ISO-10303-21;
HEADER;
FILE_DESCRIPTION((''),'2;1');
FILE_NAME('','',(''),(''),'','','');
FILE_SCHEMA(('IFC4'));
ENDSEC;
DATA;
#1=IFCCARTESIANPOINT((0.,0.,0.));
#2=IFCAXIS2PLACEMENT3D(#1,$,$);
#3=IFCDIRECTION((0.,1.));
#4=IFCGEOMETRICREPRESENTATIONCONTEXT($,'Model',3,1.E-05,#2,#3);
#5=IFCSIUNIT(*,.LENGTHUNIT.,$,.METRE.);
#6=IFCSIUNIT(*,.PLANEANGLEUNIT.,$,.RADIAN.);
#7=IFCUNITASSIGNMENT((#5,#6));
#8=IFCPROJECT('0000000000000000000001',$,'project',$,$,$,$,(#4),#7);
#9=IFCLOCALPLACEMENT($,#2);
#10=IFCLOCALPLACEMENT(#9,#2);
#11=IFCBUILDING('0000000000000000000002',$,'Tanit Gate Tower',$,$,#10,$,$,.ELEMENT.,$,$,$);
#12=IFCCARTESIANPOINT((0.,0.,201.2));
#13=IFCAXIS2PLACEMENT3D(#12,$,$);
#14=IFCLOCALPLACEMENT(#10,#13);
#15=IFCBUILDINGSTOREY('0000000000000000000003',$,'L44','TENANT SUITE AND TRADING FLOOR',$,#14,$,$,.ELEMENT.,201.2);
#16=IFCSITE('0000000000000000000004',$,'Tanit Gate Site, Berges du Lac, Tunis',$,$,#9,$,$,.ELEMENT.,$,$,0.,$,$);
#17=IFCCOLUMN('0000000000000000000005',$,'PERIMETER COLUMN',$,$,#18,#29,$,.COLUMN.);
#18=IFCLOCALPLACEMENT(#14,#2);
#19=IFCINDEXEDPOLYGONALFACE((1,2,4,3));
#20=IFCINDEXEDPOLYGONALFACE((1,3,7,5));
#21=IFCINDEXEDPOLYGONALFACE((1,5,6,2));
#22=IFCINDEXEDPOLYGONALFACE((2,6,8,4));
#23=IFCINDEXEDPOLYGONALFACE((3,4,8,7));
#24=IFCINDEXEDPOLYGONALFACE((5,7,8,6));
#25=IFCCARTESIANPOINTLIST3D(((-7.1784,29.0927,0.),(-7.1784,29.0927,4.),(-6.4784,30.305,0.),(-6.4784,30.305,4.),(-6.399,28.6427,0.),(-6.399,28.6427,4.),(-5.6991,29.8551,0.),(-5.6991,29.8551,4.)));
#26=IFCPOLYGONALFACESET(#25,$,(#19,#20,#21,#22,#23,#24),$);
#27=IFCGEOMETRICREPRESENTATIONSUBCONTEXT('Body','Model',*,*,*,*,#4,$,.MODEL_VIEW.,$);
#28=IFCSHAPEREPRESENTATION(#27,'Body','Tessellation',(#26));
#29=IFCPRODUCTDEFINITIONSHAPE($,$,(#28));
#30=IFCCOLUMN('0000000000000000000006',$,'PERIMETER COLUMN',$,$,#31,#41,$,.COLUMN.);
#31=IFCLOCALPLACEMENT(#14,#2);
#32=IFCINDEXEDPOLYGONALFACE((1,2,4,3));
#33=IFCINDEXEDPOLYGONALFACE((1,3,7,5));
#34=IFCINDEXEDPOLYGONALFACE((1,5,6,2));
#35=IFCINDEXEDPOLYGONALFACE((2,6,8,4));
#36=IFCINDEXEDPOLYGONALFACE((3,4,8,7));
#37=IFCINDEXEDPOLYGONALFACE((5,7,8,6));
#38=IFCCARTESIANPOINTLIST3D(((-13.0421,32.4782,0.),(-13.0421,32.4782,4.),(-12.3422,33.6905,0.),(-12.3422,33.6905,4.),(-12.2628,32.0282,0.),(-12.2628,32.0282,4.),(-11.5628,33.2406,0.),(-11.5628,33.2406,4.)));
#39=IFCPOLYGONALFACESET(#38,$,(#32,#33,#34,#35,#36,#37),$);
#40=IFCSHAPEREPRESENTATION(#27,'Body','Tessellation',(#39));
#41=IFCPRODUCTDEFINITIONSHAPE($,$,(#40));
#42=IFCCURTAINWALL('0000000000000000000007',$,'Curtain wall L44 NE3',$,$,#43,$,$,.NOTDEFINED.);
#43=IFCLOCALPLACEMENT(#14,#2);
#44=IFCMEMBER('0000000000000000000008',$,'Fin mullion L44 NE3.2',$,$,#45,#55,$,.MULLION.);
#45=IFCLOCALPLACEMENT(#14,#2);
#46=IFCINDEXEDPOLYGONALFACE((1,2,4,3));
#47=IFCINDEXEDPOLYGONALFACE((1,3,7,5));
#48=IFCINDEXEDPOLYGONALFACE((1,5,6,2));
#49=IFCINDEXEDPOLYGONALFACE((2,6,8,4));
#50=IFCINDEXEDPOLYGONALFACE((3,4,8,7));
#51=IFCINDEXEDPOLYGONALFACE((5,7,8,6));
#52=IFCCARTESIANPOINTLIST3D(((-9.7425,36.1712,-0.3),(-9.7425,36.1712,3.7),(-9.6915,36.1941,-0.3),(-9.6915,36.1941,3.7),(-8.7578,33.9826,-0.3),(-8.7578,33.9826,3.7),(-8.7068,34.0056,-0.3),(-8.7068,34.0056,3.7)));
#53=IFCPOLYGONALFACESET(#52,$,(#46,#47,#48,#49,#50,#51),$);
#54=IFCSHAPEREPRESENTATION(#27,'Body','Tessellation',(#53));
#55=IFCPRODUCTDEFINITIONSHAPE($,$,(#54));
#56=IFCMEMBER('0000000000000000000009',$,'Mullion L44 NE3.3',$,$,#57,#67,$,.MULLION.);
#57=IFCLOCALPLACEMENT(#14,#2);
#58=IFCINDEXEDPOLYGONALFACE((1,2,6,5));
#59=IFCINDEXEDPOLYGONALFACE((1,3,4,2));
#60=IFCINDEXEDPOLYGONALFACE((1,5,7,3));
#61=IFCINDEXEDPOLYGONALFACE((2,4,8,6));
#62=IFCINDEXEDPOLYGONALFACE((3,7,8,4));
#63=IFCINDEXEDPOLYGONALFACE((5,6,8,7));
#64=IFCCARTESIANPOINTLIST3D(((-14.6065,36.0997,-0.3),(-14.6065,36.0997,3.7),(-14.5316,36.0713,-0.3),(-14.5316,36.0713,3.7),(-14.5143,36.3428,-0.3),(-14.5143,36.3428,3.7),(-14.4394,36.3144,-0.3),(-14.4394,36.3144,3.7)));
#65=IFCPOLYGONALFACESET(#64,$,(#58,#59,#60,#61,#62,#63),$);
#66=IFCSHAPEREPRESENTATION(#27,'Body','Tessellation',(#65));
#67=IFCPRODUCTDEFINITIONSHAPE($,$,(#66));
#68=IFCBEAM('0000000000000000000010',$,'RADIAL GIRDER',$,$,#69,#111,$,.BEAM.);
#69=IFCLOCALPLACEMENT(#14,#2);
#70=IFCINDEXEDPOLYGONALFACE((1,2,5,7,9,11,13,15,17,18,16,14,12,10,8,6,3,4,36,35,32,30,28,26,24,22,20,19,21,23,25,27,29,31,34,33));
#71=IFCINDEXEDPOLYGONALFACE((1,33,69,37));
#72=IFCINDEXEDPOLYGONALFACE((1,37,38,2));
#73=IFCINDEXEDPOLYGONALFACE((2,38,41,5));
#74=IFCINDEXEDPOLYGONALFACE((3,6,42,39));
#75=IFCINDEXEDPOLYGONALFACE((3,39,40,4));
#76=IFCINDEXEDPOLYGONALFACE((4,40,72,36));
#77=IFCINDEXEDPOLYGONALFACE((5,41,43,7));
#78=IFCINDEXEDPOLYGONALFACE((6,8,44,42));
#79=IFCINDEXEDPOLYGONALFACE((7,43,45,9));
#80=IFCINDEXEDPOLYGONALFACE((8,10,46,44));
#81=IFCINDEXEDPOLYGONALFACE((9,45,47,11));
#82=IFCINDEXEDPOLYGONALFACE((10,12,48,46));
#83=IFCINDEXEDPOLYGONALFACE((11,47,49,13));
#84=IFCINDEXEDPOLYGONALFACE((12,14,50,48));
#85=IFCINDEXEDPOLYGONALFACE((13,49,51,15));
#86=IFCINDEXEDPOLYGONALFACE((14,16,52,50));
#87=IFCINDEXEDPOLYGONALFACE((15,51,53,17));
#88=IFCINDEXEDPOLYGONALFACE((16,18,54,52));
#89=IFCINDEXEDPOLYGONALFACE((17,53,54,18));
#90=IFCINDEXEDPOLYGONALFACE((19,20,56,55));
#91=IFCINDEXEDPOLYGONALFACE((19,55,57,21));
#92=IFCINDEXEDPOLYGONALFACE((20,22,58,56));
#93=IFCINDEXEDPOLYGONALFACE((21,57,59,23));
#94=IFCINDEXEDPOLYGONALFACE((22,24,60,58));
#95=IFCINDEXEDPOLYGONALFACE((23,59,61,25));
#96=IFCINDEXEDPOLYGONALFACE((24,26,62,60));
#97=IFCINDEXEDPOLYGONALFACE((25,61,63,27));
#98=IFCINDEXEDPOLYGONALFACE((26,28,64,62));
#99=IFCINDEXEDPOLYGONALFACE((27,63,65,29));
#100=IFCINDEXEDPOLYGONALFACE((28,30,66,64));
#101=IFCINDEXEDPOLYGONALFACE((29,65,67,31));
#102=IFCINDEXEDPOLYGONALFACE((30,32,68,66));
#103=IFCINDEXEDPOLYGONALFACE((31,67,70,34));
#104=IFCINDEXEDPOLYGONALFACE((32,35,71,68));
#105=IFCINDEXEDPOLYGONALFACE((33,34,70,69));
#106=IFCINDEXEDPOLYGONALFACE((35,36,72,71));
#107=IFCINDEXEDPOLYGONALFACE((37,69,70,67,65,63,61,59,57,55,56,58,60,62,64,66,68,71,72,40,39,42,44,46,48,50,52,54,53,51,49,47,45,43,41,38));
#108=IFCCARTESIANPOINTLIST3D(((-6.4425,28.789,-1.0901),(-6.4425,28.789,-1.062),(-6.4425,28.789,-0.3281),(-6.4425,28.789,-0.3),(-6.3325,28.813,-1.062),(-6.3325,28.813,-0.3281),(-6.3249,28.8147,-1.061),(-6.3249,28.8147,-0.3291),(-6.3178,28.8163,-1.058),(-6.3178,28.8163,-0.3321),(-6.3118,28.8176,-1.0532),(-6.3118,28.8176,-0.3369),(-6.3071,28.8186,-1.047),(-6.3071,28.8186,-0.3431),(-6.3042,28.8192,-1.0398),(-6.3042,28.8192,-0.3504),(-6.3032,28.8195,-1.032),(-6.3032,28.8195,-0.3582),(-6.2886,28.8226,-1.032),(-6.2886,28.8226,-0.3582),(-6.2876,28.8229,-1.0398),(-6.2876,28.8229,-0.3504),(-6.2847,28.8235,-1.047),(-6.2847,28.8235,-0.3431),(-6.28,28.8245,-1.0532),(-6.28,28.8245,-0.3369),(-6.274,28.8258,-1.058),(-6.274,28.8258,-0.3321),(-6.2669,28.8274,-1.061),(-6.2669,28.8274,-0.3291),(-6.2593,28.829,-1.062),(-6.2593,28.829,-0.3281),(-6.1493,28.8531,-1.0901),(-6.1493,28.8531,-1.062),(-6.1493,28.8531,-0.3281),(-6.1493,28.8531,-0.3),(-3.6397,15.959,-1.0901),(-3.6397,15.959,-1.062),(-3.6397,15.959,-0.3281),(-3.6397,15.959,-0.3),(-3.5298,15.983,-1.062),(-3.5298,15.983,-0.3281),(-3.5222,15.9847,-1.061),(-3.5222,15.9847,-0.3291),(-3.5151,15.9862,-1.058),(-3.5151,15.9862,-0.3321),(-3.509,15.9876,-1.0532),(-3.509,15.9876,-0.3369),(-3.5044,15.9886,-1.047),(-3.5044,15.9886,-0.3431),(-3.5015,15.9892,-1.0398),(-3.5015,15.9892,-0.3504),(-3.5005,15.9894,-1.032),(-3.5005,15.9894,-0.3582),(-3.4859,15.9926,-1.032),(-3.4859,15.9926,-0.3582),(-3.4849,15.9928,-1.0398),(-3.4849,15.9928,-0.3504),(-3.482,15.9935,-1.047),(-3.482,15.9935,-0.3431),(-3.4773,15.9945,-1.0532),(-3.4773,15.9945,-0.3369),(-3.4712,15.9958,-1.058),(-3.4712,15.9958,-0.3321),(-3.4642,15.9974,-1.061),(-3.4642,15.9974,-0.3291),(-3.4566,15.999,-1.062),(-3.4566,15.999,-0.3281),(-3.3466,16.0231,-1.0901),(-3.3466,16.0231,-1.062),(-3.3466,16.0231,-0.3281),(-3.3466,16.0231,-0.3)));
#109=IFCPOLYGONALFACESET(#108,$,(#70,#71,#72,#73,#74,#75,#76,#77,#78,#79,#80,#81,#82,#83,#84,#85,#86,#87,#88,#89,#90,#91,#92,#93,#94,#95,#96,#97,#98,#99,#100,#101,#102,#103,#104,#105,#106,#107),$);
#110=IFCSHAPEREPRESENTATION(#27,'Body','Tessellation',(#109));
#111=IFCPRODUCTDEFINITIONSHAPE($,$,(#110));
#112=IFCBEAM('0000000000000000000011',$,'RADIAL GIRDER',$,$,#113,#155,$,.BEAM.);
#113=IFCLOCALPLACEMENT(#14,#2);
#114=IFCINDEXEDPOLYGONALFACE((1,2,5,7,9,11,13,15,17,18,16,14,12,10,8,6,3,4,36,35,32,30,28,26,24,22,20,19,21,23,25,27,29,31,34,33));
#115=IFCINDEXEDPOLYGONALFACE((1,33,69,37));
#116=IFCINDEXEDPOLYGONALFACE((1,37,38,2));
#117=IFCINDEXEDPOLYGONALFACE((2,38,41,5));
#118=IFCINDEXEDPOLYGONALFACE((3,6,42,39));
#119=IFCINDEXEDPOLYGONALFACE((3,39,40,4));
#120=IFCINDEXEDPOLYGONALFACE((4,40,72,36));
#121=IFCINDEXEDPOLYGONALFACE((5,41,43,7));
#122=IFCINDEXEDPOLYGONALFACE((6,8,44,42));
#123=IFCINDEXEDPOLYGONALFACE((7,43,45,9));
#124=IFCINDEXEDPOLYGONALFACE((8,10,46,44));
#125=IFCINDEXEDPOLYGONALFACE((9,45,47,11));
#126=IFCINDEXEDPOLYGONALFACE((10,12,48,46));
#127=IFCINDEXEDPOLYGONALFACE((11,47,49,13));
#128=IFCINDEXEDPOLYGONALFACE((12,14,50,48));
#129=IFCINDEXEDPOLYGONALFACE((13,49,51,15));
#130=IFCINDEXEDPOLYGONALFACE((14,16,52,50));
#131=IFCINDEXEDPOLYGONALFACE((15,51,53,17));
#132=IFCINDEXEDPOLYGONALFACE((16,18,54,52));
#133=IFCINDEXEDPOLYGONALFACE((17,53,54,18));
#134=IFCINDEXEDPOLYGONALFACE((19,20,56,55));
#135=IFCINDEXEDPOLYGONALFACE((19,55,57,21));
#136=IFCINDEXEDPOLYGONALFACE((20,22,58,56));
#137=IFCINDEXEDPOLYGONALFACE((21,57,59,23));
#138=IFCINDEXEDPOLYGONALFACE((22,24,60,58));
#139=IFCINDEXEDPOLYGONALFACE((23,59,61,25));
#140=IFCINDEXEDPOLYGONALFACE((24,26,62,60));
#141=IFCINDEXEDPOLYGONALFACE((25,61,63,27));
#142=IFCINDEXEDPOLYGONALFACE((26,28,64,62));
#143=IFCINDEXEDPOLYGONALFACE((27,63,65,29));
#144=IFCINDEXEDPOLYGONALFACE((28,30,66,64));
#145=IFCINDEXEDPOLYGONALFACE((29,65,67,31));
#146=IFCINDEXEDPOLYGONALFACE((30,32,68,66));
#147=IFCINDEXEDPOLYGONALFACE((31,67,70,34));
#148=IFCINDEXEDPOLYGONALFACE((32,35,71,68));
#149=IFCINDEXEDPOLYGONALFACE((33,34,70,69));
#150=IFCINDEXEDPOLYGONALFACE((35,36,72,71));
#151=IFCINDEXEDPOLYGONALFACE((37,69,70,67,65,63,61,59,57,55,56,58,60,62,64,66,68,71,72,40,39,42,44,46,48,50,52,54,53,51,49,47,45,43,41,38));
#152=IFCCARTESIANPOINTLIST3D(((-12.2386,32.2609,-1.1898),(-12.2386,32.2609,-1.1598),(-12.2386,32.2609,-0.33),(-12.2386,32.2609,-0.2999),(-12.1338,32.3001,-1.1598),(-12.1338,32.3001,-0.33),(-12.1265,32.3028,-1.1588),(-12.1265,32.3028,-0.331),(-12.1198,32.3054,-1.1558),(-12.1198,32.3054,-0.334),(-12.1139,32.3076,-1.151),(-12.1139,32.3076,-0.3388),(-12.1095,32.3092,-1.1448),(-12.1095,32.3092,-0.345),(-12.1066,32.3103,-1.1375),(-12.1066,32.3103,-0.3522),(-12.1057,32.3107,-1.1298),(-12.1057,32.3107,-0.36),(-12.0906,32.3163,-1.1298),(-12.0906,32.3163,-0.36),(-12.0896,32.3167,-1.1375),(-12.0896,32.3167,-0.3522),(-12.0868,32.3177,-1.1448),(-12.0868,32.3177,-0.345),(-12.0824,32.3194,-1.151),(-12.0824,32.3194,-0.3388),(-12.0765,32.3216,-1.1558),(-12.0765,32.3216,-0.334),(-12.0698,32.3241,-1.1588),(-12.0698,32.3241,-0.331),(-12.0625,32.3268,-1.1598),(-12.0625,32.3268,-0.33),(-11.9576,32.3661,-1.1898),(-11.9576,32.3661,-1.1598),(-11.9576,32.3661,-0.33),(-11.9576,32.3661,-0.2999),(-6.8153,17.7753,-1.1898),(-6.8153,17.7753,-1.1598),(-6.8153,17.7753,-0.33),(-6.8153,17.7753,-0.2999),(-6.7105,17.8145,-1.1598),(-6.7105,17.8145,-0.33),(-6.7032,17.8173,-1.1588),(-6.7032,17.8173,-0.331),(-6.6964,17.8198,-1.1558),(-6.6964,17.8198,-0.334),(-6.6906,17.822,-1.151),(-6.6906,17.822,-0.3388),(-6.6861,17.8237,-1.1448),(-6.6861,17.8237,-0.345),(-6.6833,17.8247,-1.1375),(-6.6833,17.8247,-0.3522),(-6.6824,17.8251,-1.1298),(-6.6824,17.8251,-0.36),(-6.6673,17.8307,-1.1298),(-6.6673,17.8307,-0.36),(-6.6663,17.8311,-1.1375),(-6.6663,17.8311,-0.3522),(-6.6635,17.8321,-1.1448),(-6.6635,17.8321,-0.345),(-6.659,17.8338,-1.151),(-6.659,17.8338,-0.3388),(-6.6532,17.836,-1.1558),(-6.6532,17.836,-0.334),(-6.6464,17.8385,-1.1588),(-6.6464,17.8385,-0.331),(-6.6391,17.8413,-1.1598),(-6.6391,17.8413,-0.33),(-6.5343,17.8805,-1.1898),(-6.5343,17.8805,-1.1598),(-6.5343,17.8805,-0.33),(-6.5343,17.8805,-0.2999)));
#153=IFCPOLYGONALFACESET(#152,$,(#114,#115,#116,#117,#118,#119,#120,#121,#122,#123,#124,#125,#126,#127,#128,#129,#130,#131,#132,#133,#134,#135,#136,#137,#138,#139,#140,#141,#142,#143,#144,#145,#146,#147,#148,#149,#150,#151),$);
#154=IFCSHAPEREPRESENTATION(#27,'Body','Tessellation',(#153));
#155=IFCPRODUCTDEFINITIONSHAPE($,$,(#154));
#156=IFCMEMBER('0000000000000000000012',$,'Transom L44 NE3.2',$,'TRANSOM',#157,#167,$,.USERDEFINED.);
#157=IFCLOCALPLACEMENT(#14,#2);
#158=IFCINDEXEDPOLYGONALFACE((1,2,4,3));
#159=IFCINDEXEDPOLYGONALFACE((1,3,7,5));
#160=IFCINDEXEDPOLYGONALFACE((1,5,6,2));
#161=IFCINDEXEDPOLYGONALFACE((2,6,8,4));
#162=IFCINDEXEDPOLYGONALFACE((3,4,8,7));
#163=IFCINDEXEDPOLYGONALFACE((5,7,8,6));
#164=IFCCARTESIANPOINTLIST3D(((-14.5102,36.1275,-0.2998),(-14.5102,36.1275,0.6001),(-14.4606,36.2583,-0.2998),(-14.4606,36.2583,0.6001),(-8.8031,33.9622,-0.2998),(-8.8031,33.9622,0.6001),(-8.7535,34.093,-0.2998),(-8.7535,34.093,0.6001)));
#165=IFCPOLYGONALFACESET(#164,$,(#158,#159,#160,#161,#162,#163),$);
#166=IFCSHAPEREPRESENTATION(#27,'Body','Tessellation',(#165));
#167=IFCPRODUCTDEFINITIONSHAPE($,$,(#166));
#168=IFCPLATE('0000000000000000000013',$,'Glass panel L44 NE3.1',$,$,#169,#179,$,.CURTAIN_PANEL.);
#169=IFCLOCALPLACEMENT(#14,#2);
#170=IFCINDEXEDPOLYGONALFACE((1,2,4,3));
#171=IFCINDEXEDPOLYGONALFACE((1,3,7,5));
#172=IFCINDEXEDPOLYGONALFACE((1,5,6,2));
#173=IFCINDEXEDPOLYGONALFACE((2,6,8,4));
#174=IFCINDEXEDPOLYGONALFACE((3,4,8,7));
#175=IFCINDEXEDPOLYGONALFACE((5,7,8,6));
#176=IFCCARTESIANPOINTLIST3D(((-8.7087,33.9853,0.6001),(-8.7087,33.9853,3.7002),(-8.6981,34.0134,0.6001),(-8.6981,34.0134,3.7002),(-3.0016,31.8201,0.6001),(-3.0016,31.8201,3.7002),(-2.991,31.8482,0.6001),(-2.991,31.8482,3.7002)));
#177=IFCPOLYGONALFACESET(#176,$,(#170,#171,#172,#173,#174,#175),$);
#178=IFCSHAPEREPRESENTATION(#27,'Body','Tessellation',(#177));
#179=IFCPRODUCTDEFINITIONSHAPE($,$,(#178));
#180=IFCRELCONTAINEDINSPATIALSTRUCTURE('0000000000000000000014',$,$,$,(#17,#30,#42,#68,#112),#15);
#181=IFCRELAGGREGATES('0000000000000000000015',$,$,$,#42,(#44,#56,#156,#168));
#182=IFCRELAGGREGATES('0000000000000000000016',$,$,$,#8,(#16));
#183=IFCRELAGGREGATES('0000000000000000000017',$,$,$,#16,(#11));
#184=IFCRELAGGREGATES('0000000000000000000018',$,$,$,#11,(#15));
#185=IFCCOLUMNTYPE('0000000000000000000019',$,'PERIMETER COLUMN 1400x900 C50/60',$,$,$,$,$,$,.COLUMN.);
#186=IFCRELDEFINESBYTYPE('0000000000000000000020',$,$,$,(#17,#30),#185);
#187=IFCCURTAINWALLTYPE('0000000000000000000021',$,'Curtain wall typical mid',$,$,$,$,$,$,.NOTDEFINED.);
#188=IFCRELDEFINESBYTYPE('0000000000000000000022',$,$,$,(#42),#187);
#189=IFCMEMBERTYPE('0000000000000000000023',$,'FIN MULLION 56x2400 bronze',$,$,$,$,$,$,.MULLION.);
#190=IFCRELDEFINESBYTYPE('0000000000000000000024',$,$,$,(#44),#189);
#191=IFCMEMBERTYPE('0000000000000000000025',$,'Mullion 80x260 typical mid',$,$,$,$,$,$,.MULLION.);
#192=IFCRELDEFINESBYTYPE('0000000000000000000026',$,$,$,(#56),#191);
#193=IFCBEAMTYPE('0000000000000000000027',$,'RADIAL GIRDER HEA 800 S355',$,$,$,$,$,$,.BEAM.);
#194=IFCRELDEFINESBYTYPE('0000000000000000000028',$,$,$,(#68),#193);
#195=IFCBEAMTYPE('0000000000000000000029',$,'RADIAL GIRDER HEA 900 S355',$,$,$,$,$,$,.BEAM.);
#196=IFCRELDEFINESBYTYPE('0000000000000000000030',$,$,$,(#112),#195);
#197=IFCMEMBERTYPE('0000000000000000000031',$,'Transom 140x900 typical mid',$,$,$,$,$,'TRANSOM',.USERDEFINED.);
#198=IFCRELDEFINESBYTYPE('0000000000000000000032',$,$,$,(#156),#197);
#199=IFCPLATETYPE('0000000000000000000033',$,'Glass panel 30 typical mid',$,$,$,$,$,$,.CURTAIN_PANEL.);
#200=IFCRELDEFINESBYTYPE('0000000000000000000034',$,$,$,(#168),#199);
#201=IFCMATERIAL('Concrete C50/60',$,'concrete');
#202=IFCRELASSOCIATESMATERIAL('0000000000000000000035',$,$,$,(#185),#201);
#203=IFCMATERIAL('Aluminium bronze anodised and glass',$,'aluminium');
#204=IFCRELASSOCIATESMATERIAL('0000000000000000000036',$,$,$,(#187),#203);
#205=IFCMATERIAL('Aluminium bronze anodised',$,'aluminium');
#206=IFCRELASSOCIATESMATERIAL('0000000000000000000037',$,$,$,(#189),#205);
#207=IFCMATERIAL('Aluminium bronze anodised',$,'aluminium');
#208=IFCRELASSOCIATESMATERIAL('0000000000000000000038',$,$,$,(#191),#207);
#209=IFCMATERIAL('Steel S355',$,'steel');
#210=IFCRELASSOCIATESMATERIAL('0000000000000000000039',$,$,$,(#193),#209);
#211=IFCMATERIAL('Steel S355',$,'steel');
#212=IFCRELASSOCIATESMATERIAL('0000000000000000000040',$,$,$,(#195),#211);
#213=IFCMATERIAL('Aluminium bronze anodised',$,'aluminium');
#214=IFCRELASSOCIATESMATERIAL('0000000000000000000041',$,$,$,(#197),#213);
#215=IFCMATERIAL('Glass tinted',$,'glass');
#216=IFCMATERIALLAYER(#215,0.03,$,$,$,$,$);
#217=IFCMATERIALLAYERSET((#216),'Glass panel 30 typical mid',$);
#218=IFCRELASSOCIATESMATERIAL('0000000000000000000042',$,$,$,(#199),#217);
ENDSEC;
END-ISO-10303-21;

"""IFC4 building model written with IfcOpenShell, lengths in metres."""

from ifc_helpers import new_model, si_unit, direction, frame, origin, origin_2d, place, context, subcontext, project, spatial, rectangle, i_section, extrude, material, layer, layer_set, material_profile, profile_set, type_object, element, aggregate, save


model = new_model("IFC4")

# Units and contexts
model_context = context("Model", 3, precision=1e-05, world=origin(), true_north=direction((0.0, 1.0)))
body_context = subcontext(model_context, "Body", "Model", "MODEL_VIEW")
ifc_project = project(units=[si_unit("LENGTHUNIT", "METRE"), si_unit("PLANEANGLEUNIT", "RADIAN")], contexts=[model_context])

# Site, building, storey
site_placement = place(None, origin())
site = spatial("IfcSite", under=ifc_project, at=site_placement, Name="Tanit Gate Site, Berges du Lac, Tunis", CompositionType="ELEMENT", RefElevation=0.0)
building_placement = place(site_placement, origin())
building = spatial("IfcBuilding", under=site, at=building_placement, Name="Tanit Gate Tower", CompositionType="ELEMENT")
storey_placement = place(building_placement, frame((0.0, 0.0, 201.2)))
storey = spatial("IfcBuildingStorey", under=building, at=storey_placement, Name="L44", Description="TENANT SUITE AND TRADING FLOOR", CompositionType="ELEMENT", Elevation=201.2)

# Columns
ifc_material_1 = material(Name="Concrete C50/60", Category="concrete")
ifc_material_profile_1 = material_profile(ifc_material_1, rectangle(XDim=1.3999, YDim=0.8999, at=origin_2d()), Name="RC 1400x900")
ifc_profile_set_1 = profile_set([ifc_material_profile_1], Name="Concrete C50/60")
column_type = type_object("IfcColumnType", Name="PERIMETER COLUMN 1400x900 C50/60", PredefinedType="COLUMN", material=ifc_profile_set_1)
for number, where, z_axis, x_axis, name in (
    (1, (-6.4387, 29.4739, 0.0), (0.0, 0.0, 1.0), (0.5, 0.866025, 0.0), "PERIMETER COLUMN"),
    (2, (-12.3025, 32.8594, 0.0), (0.0, 0.0, 1.0), (0.5, 0.866025, 0.0), "PERIMETER COLUMN"),
):
    element("IfcColumn", number, at=place(storey_placement, frame(where, z_axis=z_axis, x_axis=x_axis)), inside=storey, type_object=column_type, Name=name, PredefinedType="COLUMN", context=body_context, shape_type="SweptSolid", body=[
        extrude(rectangle(XDim=1.3999, YDim=0.8999, at=origin_2d()), origin(), (0.0, 0.0, 1.0), 4.0),
    ])

# Curtain wall, members
ifc_material_2 = material(Name="Aluminium bronze anodised and glass", Category="aluminium")
curtain_wall_type = type_object("IfcCurtainWallType", Name="Curtain wall typical mid", PredefinedType="NOTDEFINED", material=ifc_material_2)
curtain_wall_placement = place(storey_placement, origin())
curtain_wall = element("IfcCurtainWall", 3, at=curtain_wall_placement, inside=storey, type_object=curtain_wall_type, Name="Curtain wall L44 NE3", PredefinedType="NOTDEFINED")
ifc_material_3 = material(Name="Aluminium bronze anodised", Category="aluminium")
ifc_material_profile_2 = material_profile(ifc_material_3, rectangle(XDim=2.3999, YDim=0.0559, at=origin_2d()), Name="56x2400 bronze fin mullion")
ifc_profile_set_2 = profile_set([ifc_material_profile_2], Name="Aluminium bronze anodised")
member_type_1 = type_object("IfcMemberType", Name="FIN MULLION 56x2400 bronze", PredefinedType="MULLION", material=ifc_profile_set_2)
member_1_placement = place(storey_placement, frame((-9.2246, 35.0884, -0.3), z_axis=(0.0, 0.0, 1.0), x_axis=(0.41031, -0.911946, 0.0)))
member_1 = element("IfcMember", 4, at=member_1_placement, type_object=member_type_1, Name="Fin mullion L44 NE3.2", PredefinedType="MULLION", context=body_context, shape_type="SweptSolid", body=[
    extrude(rectangle(XDim=2.3999, YDim=0.0559, at=origin_2d()), origin(), (0.0, 0.0, 1.0), 4.0),
])
ifc_material_4 = material(Name="Aluminium bronze anodised", Category="aluminium")
ifc_material_profile_3 = material_profile(ifc_material_4, rectangle(XDim=0.26, YDim=0.0801, at=origin_2d()), Name="80x260 bronze mullion")
ifc_profile_set_3 = profile_set([ifc_material_profile_3], Name="Aluminium bronze anodised")
member_type_2 = type_object("IfcMemberType", Name="Mullion 80x260 typical mid", PredefinedType="MULLION", material=ifc_profile_set_3)
member_2_placement = place(storey_placement, frame((-14.5229, 36.207, -0.3), z_axis=(0.0, 0.0, 1.0), x_axis=(-0.35471, -0.934976, 0.0)))
member_2 = element("IfcMember", 5, at=member_2_placement, type_object=member_type_2, Name="Mullion L44 NE3.3", PredefinedType="MULLION", context=body_context, shape_type="SweptSolid", body=[
    extrude(rectangle(XDim=0.26, YDim=0.0801, at=origin_2d()), origin(), (0.0, 0.0, 1.0), 4.0),
])

# Beams
ifc_material_5 = material(Name="Steel S355", Category="steel")
ifc_material_profile_4 = material_profile(ifc_material_5, i_section(OverallWidth=0.3, OverallDepth=0.79, WebThickness=0.0149, FlangeThickness=0.0281, FilletRadius=0.03, at=origin_2d()), Name="HEA 800")
ifc_profile_set_4 = profile_set([ifc_material_profile_4], Name="Steel S355")
beam_type_1 = type_object("IfcBeamType", Name="RADIAL GIRDER HEA 800 S355", PredefinedType="BEAM", material=ifc_profile_set_4)
beam_1_placement = place(storey_placement, frame((-6.2959, 28.821, -0.6951), z_axis=(0.213417, -0.976961, 0.0), x_axis=(0.976961, 0.213417, 0.0)))
element("IfcBeam", 6, at=beam_1_placement, inside=storey, type_object=beam_type_1, Name="RADIAL GIRDER", PredefinedType="BEAM", context=body_context, shape_type="SweptSolid", body=[
    extrude(i_section(OverallWidth=0.3, OverallDepth=0.79, WebThickness=0.0149, FlangeThickness=0.0281, FilletRadius=0.03, at=origin_2d()), origin(), (0.0, 0.0, 1.0), 13.1326),
])
ifc_material_6 = material(Name="Steel S355", Category="steel")
ifc_material_profile_5 = material_profile(ifc_material_6, i_section(OverallWidth=0.3, OverallDepth=0.8899, WebThickness=0.0161, FlangeThickness=0.03, FilletRadius=0.03, at=origin_2d()), Name="HEA 900")
ifc_profile_set_5 = profile_set([ifc_material_profile_5], Name="Steel S355")
beam_type_2 = type_object("IfcBeamType", Name="RADIAL GIRDER HEA 900 S355", PredefinedType="BEAM", material=ifc_profile_set_5)
beam_2_placement = place(storey_placement, frame((-12.0981, 32.3135, -0.7449), z_axis=(0.350627, -0.936515, 0.0), x_axis=(0.936515, 0.350627, 0.0)))
element("IfcBeam", 7, at=beam_2_placement, inside=storey, type_object=beam_type_2, Name="RADIAL GIRDER", PredefinedType="BEAM", context=body_context, shape_type="SweptSolid", body=[
    extrude(i_section(OverallWidth=0.3, OverallDepth=0.8899, WebThickness=0.0161, FlangeThickness=0.03, FilletRadius=0.03, at=origin_2d()), origin(), (0.0, 0.0, 1.0), 15.4675),
])

# Member
ifc_material_7 = material(Name="Aluminium bronze anodised", Category="aluminium")
ifc_material_profile_6 = material_profile(ifc_material_7, rectangle(XDim=0.1399, YDim=0.8999, at=origin_2d()), Name="140x900 bronze transom")
ifc_profile_set_6 = profile_set([ifc_material_profile_6], Name="Aluminium bronze anodised")
member_type_3 = type_object("IfcMemberType", Name="Transom 140x900 typical mid", ElementType="TRANSOM", PredefinedType="USERDEFINED", material=ifc_profile_set_6)
member_3_placement = place(storey_placement, frame((-8.7783, 34.0276, 0.1501), z_axis=(-0.934968, 0.354733, 0.0), x_axis=(-0.354733, -0.934968, 0.0)))
member_3 = element("IfcMember", 8, at=member_3_placement, type_object=member_type_3, Name="Transom L44 NE3.2", ObjectType="TRANSOM", PredefinedType="USERDEFINED", context=body_context, shape_type="SweptSolid", body=[
    extrude(rectangle(XDim=0.1399, YDim=0.8999, at=origin_2d()), origin(), (0.0, 0.0, 1.0), 6.104),
])

# Plate
ifc_material_8 = material(Name="Glass tinted", Category="glass")
ifc_layer_1 = layer(ifc_material_8, 0.03)
ifc_layer_set_1 = layer_set([ifc_layer_1], Name="Glass panel 30 typical mid")
plate_type = type_object("IfcPlateType", Name="Glass panel 30 typical mid", PredefinedType="CURTAIN_PANEL", material=ifc_layer_set_1)
plate_1_placement = place(storey_placement, frame((-5.8499, 32.9167, 0.6001), z_axis=(0.0, 0.0, 1.0), x_axis=(-0.934976, 0.35471, 0.0)))
plate_1 = element("IfcPlate", 9, at=plate_1_placement, type_object=plate_type, Name="Glass panel L44 NE3.1", PredefinedType="CURTAIN_PANEL", context=body_context, shape_type="SweptSolid", body=[
    extrude(rectangle(XDim=6.104, YDim=0.03, at=origin_2d()), origin(), (0.0, 0.0, 1.0), 3.1001),
])
aggregate(curtain_wall, [member_1, member_2, member_3, plate_1])

save(model, "model.ifc")
